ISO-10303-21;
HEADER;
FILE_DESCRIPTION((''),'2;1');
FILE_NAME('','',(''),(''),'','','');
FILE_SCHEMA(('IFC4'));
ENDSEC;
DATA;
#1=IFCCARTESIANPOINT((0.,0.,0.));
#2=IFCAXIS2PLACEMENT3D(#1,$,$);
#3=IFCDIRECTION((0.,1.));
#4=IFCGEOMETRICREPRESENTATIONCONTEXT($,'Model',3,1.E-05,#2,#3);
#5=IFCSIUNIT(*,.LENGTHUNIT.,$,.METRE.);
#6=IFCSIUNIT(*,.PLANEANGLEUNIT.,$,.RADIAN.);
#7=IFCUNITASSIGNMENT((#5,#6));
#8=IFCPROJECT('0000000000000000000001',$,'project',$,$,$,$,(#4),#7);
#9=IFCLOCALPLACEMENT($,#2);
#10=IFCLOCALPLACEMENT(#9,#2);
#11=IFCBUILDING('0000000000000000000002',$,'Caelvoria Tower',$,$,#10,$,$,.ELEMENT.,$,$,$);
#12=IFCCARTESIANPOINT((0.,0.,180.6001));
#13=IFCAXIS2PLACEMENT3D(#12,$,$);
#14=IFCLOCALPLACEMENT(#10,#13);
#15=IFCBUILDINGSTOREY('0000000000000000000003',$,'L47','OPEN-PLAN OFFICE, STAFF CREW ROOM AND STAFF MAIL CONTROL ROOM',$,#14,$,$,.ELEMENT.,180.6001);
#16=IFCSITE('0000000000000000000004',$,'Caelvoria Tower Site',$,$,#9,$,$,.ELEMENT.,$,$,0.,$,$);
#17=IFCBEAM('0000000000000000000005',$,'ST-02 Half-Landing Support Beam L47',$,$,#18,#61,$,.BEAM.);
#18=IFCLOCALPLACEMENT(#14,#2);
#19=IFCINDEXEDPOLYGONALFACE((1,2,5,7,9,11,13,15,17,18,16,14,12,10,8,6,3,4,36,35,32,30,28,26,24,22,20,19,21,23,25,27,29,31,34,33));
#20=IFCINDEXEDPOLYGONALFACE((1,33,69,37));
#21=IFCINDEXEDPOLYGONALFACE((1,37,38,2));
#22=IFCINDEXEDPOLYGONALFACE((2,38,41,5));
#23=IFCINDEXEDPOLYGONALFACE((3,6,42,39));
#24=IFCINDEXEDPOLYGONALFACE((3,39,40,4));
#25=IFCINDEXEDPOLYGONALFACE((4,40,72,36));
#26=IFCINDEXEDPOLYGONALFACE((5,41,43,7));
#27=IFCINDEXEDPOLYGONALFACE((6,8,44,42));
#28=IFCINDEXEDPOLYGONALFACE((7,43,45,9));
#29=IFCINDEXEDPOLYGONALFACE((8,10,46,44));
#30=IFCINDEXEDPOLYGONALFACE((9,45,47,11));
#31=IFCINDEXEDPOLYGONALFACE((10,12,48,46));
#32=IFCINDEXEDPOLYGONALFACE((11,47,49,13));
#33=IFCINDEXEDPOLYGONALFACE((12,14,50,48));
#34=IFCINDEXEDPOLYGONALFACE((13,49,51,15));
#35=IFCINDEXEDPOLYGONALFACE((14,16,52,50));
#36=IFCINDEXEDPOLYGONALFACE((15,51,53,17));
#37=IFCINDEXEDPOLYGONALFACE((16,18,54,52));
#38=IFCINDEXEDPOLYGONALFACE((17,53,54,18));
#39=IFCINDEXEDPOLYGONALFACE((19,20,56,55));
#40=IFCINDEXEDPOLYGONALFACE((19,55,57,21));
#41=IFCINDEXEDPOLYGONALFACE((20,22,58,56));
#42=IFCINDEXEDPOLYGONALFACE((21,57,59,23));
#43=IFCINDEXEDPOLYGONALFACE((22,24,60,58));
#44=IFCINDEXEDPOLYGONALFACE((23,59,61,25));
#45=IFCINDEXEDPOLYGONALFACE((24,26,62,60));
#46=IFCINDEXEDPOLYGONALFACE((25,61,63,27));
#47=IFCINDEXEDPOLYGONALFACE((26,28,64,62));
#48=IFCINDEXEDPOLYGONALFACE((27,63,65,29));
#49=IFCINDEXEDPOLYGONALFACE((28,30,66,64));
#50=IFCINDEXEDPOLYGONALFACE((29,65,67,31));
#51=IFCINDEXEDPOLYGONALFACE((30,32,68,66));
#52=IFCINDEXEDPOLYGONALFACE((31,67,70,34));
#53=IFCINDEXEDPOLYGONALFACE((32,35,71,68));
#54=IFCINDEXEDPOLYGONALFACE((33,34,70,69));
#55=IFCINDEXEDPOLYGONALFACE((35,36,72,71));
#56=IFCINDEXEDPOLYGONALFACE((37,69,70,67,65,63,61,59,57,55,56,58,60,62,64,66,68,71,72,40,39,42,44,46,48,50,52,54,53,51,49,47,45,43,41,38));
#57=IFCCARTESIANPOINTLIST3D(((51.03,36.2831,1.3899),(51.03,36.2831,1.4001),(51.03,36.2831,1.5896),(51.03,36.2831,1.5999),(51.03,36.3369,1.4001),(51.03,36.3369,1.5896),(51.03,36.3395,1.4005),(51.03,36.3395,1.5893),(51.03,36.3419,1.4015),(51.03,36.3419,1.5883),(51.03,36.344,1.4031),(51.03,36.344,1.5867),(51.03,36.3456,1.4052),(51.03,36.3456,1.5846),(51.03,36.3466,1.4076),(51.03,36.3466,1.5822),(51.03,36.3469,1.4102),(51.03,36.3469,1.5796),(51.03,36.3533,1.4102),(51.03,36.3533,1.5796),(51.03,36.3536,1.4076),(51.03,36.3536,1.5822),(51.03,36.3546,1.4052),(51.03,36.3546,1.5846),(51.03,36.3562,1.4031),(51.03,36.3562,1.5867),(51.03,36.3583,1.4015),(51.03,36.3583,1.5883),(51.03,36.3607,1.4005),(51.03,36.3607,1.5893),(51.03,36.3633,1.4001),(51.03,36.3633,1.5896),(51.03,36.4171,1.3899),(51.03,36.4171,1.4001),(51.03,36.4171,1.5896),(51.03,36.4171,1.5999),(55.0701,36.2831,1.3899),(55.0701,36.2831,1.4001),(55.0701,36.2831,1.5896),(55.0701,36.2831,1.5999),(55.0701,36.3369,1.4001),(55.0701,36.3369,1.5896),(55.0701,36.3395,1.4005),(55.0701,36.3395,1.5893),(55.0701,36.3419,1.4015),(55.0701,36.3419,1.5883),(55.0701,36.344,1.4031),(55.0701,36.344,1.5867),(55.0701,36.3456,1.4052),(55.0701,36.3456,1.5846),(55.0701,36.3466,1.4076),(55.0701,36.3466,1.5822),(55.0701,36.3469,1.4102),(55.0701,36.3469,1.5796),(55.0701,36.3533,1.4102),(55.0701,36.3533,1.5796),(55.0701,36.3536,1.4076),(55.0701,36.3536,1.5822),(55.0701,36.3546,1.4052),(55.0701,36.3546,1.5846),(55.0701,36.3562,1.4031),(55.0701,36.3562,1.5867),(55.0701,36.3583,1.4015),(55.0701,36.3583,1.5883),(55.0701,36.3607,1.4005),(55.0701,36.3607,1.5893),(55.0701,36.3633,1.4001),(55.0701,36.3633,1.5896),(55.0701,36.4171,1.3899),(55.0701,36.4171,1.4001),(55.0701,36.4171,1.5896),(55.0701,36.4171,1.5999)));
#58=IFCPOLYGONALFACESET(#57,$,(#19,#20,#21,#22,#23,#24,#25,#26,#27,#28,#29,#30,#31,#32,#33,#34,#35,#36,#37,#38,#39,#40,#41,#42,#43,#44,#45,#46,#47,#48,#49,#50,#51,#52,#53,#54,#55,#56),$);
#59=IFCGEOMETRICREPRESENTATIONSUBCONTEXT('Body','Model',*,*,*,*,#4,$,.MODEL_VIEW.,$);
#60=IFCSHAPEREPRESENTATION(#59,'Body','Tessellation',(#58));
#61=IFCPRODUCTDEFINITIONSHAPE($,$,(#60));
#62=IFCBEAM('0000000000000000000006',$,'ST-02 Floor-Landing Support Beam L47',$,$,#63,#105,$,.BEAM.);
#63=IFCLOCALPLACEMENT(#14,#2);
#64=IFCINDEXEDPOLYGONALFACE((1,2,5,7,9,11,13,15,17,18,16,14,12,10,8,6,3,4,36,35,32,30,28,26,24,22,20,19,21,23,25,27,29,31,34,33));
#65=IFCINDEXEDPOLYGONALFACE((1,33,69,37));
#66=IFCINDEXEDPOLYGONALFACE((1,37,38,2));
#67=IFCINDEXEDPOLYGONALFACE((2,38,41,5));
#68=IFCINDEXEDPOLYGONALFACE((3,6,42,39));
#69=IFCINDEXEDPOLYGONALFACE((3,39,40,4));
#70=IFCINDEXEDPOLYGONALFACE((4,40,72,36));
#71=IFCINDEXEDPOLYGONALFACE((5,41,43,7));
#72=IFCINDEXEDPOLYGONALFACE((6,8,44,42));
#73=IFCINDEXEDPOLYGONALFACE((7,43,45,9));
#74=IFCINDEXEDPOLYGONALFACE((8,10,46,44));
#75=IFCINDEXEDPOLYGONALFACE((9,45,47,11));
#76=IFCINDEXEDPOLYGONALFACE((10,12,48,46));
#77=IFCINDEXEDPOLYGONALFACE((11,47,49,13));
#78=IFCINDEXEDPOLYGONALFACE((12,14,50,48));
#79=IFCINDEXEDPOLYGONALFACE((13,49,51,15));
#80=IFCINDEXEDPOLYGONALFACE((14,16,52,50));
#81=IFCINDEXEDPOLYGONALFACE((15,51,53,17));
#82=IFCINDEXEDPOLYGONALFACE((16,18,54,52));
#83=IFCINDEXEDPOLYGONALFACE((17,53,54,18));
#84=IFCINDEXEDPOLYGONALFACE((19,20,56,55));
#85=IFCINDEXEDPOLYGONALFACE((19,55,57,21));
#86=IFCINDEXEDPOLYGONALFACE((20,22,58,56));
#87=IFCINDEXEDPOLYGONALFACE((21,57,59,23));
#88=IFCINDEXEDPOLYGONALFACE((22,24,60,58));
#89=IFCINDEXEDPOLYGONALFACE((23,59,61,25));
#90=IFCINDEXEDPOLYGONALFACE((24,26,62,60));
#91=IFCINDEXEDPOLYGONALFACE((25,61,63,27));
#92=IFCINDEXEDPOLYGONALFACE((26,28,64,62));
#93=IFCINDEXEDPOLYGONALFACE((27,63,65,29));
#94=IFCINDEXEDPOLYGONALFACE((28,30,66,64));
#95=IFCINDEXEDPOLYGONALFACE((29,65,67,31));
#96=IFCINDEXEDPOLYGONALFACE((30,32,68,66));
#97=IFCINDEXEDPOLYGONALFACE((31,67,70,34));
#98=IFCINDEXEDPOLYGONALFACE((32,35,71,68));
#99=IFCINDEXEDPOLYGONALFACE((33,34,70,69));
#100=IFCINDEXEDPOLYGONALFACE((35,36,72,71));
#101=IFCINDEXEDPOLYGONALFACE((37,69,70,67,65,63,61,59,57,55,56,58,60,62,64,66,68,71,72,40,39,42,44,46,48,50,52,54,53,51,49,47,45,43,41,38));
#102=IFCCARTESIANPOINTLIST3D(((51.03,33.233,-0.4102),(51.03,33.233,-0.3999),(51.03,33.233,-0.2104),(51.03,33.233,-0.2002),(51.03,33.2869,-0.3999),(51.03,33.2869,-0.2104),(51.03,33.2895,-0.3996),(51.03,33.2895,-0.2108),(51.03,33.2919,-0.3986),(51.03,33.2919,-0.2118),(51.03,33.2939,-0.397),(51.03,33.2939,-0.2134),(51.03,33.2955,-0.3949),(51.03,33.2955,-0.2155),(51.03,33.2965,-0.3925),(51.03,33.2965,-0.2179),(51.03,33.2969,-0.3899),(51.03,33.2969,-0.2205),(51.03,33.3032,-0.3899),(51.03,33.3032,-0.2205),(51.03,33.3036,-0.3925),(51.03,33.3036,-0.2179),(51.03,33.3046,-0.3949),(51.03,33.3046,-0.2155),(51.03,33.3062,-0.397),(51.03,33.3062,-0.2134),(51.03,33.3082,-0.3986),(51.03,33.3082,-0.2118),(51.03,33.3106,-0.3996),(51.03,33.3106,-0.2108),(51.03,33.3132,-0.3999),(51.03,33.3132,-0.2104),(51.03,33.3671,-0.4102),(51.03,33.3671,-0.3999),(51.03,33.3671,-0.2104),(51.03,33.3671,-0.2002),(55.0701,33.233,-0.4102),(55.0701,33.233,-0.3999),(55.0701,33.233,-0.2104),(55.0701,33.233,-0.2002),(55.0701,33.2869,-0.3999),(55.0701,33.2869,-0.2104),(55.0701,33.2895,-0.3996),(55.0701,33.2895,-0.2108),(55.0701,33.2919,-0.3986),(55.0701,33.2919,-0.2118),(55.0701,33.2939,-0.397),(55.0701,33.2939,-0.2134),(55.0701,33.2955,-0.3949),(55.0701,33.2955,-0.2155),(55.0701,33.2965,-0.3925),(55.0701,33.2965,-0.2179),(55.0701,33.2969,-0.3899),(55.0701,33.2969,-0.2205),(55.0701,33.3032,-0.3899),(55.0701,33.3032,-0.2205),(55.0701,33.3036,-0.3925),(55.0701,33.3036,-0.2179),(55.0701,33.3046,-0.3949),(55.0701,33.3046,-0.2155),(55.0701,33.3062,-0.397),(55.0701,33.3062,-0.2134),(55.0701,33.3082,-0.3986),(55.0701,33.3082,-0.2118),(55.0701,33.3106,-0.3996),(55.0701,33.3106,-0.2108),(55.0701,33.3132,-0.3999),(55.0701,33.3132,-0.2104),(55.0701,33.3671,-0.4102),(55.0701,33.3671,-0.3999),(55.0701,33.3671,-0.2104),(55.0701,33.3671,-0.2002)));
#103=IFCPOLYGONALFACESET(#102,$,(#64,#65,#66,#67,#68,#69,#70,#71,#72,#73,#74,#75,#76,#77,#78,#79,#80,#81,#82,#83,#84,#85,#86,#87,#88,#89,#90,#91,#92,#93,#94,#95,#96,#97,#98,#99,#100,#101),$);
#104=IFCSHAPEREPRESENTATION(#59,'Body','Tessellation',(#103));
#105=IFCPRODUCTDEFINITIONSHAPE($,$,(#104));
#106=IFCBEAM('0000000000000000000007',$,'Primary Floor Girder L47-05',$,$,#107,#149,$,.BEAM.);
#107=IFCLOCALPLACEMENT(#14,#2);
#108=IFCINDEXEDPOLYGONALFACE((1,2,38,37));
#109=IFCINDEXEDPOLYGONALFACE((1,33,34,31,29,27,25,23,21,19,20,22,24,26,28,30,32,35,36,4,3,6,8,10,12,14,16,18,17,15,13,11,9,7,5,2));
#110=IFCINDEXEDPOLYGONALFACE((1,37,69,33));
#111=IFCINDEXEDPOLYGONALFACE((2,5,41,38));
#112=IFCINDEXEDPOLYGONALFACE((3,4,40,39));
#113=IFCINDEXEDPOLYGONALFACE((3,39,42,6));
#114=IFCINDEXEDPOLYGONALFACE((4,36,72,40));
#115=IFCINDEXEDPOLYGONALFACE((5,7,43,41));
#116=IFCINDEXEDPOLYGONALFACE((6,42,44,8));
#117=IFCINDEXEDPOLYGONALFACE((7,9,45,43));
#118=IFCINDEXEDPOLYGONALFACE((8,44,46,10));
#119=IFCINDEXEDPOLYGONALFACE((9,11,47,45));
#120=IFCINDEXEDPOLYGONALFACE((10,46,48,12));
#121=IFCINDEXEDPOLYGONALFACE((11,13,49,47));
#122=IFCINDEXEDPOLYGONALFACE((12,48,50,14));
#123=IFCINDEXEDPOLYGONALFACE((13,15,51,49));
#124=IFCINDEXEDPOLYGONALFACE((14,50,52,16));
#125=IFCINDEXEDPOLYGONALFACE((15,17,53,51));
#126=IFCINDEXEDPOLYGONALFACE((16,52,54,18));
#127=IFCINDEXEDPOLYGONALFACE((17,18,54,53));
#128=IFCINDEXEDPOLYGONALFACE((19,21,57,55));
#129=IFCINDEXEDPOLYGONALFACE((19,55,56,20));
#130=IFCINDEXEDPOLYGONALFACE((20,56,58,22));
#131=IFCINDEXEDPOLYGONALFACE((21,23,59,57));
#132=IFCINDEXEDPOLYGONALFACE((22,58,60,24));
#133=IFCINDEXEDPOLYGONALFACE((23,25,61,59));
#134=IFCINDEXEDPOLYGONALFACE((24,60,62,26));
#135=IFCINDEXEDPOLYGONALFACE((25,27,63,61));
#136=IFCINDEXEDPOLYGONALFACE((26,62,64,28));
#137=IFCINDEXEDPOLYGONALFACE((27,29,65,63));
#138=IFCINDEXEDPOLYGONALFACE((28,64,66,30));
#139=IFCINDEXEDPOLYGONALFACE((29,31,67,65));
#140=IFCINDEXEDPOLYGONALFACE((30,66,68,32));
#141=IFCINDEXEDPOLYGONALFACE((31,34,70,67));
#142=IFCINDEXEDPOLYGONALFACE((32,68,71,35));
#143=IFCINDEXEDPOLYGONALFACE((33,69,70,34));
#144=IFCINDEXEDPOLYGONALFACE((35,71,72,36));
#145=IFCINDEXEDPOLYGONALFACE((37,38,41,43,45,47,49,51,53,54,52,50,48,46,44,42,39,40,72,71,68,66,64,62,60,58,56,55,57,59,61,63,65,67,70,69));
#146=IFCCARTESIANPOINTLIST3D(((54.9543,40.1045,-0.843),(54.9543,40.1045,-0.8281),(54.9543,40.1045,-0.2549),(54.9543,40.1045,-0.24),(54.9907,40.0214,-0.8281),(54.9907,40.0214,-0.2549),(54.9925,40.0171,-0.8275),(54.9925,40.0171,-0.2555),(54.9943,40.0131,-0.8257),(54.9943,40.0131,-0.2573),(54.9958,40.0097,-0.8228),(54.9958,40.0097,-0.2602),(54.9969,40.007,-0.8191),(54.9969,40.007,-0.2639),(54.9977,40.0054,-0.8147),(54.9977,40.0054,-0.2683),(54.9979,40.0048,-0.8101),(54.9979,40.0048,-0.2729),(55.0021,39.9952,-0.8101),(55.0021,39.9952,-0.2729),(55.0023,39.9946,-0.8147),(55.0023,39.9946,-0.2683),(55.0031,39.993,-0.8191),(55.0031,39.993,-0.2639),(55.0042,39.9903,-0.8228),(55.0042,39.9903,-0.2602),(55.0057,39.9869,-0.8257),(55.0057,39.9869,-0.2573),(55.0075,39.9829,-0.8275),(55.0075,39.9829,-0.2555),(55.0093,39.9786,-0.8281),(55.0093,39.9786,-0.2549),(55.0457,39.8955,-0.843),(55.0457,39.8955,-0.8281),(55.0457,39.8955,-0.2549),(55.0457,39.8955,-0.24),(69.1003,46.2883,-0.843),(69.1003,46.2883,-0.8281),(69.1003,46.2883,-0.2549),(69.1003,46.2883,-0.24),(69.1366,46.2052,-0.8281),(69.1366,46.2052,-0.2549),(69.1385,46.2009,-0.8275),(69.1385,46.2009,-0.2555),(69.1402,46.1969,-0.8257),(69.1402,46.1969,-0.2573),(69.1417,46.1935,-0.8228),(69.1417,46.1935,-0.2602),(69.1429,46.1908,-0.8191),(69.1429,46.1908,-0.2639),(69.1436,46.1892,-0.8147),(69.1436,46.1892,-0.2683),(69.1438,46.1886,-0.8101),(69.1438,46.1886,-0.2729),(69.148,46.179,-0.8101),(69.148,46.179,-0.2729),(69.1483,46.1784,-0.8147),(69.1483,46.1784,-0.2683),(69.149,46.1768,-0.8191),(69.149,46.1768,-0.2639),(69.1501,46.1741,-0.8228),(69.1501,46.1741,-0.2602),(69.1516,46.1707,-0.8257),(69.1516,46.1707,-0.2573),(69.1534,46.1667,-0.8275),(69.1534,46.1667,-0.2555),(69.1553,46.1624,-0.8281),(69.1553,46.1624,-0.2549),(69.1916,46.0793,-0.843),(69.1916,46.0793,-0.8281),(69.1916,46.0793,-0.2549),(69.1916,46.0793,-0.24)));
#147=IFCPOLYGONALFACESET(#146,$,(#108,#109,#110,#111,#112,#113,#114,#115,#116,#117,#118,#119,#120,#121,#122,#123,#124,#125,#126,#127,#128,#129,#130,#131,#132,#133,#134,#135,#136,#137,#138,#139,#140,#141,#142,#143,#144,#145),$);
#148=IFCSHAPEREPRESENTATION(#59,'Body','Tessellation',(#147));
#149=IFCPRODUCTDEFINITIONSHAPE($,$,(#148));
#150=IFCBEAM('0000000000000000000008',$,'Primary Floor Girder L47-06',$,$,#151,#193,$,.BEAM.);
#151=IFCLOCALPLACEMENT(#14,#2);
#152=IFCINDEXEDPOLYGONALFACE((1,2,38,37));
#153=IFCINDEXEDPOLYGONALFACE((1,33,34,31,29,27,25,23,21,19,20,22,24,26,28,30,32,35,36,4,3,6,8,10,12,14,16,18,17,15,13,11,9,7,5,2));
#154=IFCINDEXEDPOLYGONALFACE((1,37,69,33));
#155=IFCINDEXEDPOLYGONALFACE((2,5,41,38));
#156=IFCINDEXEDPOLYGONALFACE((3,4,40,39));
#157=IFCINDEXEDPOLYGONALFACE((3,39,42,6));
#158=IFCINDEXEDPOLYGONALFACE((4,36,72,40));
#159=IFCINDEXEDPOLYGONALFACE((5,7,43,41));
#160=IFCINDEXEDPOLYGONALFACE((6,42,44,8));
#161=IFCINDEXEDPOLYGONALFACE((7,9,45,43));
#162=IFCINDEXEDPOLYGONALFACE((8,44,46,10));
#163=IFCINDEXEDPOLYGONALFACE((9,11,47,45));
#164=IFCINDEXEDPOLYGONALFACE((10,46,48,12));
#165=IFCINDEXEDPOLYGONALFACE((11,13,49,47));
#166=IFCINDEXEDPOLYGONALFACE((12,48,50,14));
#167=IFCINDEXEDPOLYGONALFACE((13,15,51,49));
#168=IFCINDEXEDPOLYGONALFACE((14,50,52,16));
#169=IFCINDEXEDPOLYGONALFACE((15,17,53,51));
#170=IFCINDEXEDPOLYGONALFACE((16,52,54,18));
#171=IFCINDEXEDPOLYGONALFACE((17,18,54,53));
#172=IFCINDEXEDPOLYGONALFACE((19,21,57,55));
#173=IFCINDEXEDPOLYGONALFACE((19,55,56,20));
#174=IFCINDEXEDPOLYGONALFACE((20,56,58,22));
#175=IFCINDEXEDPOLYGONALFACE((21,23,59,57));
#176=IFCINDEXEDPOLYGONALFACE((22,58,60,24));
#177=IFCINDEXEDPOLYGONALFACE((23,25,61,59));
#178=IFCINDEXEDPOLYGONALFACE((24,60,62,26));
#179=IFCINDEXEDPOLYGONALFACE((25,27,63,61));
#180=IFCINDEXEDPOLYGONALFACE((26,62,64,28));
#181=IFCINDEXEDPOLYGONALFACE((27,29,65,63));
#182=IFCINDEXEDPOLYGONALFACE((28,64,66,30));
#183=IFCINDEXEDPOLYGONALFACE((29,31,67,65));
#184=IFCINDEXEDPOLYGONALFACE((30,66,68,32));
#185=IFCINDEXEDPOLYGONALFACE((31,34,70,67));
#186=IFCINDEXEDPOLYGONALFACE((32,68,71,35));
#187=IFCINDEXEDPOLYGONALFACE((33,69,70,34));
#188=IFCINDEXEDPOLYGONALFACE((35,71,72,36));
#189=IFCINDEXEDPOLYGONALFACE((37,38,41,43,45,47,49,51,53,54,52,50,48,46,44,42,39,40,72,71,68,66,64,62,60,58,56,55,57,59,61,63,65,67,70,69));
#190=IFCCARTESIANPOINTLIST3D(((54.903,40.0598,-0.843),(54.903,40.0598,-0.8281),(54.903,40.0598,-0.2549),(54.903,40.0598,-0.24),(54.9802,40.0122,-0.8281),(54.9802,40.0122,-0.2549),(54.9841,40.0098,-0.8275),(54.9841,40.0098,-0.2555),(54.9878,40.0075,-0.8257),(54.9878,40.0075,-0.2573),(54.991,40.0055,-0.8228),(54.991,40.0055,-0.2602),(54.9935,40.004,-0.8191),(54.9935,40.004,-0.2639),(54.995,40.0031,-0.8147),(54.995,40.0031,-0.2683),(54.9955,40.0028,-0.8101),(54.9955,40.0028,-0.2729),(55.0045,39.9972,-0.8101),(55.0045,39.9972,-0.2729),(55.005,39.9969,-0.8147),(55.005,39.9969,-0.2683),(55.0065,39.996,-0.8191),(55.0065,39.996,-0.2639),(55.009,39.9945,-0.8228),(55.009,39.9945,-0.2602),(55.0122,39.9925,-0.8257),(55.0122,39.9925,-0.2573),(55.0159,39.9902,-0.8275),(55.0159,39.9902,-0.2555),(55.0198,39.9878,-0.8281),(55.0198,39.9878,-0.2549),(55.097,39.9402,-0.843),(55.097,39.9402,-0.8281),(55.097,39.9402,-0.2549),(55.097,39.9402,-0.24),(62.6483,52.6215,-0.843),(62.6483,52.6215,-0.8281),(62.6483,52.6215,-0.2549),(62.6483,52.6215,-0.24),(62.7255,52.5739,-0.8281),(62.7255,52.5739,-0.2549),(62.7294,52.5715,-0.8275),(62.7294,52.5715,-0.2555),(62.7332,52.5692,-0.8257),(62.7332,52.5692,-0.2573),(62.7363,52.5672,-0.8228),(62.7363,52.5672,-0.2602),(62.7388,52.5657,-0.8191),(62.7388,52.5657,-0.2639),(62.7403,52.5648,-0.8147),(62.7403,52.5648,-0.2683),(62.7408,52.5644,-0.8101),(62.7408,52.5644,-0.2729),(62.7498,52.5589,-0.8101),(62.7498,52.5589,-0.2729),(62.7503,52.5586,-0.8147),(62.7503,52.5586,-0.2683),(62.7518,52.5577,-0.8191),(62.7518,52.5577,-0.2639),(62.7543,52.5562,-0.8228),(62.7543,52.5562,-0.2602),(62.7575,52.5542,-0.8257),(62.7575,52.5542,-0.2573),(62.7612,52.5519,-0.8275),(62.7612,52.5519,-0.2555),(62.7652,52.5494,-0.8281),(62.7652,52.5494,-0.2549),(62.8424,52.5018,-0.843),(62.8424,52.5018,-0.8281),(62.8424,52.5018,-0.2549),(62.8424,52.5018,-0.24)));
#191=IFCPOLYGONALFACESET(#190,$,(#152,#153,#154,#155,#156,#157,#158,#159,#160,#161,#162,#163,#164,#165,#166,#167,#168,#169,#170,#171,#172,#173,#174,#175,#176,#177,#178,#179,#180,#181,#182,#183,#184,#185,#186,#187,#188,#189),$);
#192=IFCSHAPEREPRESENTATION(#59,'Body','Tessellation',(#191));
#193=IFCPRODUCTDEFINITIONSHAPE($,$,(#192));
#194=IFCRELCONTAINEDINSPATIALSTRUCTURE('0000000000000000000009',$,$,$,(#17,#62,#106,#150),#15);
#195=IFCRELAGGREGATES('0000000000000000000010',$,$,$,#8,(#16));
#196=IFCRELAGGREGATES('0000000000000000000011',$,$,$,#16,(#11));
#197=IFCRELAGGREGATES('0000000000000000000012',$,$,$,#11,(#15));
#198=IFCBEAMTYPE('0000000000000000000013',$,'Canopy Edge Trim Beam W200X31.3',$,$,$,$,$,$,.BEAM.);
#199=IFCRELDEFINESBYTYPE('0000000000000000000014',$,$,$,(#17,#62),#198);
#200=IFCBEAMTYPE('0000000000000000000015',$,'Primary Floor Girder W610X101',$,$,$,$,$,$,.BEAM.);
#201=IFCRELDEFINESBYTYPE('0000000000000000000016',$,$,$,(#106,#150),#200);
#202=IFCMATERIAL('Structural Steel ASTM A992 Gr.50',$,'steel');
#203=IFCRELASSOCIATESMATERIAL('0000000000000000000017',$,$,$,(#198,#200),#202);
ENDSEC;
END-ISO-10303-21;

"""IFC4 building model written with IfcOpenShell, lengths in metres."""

from ifc_helpers import new_model, si_unit, direction, frame, origin, origin_2d, place, context, subcontext, project, spatial, i_section, extrude, material, material_profile, profile_set, type_object, element, save


model = new_model("IFC4")

# Units and contexts
model_context = context("Model", 3, precision=1e-05, world=origin(), true_north=direction((0.0, 1.0)))
body_context = subcontext(model_context, "Body", "Model", "MODEL_VIEW")
ifc_project = project(units=[si_unit("LENGTHUNIT", "METRE"), si_unit("PLANEANGLEUNIT", "RADIAN")], contexts=[model_context])

# Site, building, storey
site_placement = place(None, origin())
site = spatial("IfcSite", under=ifc_project, at=site_placement, Name="Caelvoria Tower Site", CompositionType="ELEMENT", RefElevation=0.0)
building_placement = place(site_placement, origin())
building = spatial("IfcBuilding", under=site, at=building_placement, Name="Caelvoria Tower", CompositionType="ELEMENT")
storey_placement = place(building_placement, frame((0.0, 0.0, 180.6001)))
storey = spatial("IfcBuildingStorey", under=building, at=storey_placement, Name="L47", Description="OPEN-PLAN OFFICE, STAFF CREW ROOM AND STAFF MAIL CONTROL ROOM", CompositionType="ELEMENT", Elevation=180.6001)

# Beams
ifc_material_1 = material(Name="Structural Steel ASTM A992 Gr.50", Category="steel")
ifc_material_profile_1 = material_profile(ifc_material_1, i_section(OverallWidth=0.134, OverallDepth=0.21, WebThickness=0.0063, FlangeThickness=0.0103, FilletRadius=0.01, at=origin_2d()), Name="Structural Steel ASTM A992 Gr.50")
ifc_profile_set_1 = profile_set([ifc_material_profile_1], Name="W200X31.3 - Structural Steel ASTM A992 Gr.50")
beam_type_1 = type_object("IfcBeamType", Name="Canopy Edge Trim Beam W200X31.3", PredefinedType="BEAM", material=ifc_profile_set_1)
for number, where, z_axis, x_axis, name in (
    (1, (51.03, 36.3501, 1.4949), (1.0, 0.0, 0.0), (0.0, 1.0, 0.0), "ST-02 Half-Landing Support Beam L47"),
    (2, (51.03, 33.3, -0.3052), (1.0, 0.0, 0.0), (0.0, 1.0, 0.0), "ST-02 Floor-Landing Support Beam L47"),
):
    element("IfcBeam", number, at=place(storey_placement, frame(where, z_axis=z_axis, x_axis=x_axis)), inside=storey, type_object=beam_type_1, Name=name, PredefinedType="BEAM", context=body_context, shape_type="SweptSolid", body=[
        extrude(i_section(OverallWidth=0.134, OverallDepth=0.21, WebThickness=0.0063, FlangeThickness=0.0103, FilletRadius=0.01, at=origin_2d()), origin(), (0.0, 0.0, 1.0), 4.04),
    ])
ifc_material_profile_2 = material_profile(ifc_material_1, i_section(OverallWidth=0.228, OverallDepth=0.603, WebThickness=0.0105, FlangeThickness=0.0149, FilletRadius=0.0181, at=origin_2d()), Name="Structural Steel ASTM A992 Gr.50")
ifc_profile_set_2 = profile_set([ifc_material_profile_2], Name="W610X101 - Structural Steel ASTM A992 Gr.50")
beam_type_2 = type_object("IfcBeamType", Name="Primary Floor Girder W610X101", PredefinedType="BEAM", material=ifc_profile_set_2)
beam_1_placement = place(storey_placement, frame((55.0, 40.0, -0.5415), z_axis=(0.916277, 0.400545, 0.0), x_axis=(-0.400545, 0.916277, 0.0)))
element("IfcBeam", 3, at=beam_1_placement, inside=storey, type_object=beam_type_2, Name="Primary Floor Girder L47-05", PredefinedType="BEAM", context=body_context, shape_type="SweptSolid", body=[
    extrude(i_section(OverallWidth=0.228, OverallDepth=0.603, WebThickness=0.0105, FlangeThickness=0.0149, FilletRadius=0.0181, at=origin_2d()), origin(), (0.0, 0.0, 1.0), 15.4385),
])
beam_2_placement = place(storey_placement, frame((55.0, 40.0, -0.5415), z_axis=(0.524837, 0.851203, 0.0), x_axis=(-0.851203, 0.524837, 0.0)))
element("IfcBeam", 4, at=beam_2_placement, inside=storey, type_object=beam_type_2, Name="Primary Floor Girder L47-06", PredefinedType="BEAM", context=body_context, shape_type="SweptSolid", body=[
    extrude(i_section(OverallWidth=0.228, OverallDepth=0.603, WebThickness=0.0105, FlangeThickness=0.0149, FilletRadius=0.0181, at=origin_2d()), origin(), (0.0, 0.0, 1.0), 14.7576),
])

save(model, "model.ifc")
